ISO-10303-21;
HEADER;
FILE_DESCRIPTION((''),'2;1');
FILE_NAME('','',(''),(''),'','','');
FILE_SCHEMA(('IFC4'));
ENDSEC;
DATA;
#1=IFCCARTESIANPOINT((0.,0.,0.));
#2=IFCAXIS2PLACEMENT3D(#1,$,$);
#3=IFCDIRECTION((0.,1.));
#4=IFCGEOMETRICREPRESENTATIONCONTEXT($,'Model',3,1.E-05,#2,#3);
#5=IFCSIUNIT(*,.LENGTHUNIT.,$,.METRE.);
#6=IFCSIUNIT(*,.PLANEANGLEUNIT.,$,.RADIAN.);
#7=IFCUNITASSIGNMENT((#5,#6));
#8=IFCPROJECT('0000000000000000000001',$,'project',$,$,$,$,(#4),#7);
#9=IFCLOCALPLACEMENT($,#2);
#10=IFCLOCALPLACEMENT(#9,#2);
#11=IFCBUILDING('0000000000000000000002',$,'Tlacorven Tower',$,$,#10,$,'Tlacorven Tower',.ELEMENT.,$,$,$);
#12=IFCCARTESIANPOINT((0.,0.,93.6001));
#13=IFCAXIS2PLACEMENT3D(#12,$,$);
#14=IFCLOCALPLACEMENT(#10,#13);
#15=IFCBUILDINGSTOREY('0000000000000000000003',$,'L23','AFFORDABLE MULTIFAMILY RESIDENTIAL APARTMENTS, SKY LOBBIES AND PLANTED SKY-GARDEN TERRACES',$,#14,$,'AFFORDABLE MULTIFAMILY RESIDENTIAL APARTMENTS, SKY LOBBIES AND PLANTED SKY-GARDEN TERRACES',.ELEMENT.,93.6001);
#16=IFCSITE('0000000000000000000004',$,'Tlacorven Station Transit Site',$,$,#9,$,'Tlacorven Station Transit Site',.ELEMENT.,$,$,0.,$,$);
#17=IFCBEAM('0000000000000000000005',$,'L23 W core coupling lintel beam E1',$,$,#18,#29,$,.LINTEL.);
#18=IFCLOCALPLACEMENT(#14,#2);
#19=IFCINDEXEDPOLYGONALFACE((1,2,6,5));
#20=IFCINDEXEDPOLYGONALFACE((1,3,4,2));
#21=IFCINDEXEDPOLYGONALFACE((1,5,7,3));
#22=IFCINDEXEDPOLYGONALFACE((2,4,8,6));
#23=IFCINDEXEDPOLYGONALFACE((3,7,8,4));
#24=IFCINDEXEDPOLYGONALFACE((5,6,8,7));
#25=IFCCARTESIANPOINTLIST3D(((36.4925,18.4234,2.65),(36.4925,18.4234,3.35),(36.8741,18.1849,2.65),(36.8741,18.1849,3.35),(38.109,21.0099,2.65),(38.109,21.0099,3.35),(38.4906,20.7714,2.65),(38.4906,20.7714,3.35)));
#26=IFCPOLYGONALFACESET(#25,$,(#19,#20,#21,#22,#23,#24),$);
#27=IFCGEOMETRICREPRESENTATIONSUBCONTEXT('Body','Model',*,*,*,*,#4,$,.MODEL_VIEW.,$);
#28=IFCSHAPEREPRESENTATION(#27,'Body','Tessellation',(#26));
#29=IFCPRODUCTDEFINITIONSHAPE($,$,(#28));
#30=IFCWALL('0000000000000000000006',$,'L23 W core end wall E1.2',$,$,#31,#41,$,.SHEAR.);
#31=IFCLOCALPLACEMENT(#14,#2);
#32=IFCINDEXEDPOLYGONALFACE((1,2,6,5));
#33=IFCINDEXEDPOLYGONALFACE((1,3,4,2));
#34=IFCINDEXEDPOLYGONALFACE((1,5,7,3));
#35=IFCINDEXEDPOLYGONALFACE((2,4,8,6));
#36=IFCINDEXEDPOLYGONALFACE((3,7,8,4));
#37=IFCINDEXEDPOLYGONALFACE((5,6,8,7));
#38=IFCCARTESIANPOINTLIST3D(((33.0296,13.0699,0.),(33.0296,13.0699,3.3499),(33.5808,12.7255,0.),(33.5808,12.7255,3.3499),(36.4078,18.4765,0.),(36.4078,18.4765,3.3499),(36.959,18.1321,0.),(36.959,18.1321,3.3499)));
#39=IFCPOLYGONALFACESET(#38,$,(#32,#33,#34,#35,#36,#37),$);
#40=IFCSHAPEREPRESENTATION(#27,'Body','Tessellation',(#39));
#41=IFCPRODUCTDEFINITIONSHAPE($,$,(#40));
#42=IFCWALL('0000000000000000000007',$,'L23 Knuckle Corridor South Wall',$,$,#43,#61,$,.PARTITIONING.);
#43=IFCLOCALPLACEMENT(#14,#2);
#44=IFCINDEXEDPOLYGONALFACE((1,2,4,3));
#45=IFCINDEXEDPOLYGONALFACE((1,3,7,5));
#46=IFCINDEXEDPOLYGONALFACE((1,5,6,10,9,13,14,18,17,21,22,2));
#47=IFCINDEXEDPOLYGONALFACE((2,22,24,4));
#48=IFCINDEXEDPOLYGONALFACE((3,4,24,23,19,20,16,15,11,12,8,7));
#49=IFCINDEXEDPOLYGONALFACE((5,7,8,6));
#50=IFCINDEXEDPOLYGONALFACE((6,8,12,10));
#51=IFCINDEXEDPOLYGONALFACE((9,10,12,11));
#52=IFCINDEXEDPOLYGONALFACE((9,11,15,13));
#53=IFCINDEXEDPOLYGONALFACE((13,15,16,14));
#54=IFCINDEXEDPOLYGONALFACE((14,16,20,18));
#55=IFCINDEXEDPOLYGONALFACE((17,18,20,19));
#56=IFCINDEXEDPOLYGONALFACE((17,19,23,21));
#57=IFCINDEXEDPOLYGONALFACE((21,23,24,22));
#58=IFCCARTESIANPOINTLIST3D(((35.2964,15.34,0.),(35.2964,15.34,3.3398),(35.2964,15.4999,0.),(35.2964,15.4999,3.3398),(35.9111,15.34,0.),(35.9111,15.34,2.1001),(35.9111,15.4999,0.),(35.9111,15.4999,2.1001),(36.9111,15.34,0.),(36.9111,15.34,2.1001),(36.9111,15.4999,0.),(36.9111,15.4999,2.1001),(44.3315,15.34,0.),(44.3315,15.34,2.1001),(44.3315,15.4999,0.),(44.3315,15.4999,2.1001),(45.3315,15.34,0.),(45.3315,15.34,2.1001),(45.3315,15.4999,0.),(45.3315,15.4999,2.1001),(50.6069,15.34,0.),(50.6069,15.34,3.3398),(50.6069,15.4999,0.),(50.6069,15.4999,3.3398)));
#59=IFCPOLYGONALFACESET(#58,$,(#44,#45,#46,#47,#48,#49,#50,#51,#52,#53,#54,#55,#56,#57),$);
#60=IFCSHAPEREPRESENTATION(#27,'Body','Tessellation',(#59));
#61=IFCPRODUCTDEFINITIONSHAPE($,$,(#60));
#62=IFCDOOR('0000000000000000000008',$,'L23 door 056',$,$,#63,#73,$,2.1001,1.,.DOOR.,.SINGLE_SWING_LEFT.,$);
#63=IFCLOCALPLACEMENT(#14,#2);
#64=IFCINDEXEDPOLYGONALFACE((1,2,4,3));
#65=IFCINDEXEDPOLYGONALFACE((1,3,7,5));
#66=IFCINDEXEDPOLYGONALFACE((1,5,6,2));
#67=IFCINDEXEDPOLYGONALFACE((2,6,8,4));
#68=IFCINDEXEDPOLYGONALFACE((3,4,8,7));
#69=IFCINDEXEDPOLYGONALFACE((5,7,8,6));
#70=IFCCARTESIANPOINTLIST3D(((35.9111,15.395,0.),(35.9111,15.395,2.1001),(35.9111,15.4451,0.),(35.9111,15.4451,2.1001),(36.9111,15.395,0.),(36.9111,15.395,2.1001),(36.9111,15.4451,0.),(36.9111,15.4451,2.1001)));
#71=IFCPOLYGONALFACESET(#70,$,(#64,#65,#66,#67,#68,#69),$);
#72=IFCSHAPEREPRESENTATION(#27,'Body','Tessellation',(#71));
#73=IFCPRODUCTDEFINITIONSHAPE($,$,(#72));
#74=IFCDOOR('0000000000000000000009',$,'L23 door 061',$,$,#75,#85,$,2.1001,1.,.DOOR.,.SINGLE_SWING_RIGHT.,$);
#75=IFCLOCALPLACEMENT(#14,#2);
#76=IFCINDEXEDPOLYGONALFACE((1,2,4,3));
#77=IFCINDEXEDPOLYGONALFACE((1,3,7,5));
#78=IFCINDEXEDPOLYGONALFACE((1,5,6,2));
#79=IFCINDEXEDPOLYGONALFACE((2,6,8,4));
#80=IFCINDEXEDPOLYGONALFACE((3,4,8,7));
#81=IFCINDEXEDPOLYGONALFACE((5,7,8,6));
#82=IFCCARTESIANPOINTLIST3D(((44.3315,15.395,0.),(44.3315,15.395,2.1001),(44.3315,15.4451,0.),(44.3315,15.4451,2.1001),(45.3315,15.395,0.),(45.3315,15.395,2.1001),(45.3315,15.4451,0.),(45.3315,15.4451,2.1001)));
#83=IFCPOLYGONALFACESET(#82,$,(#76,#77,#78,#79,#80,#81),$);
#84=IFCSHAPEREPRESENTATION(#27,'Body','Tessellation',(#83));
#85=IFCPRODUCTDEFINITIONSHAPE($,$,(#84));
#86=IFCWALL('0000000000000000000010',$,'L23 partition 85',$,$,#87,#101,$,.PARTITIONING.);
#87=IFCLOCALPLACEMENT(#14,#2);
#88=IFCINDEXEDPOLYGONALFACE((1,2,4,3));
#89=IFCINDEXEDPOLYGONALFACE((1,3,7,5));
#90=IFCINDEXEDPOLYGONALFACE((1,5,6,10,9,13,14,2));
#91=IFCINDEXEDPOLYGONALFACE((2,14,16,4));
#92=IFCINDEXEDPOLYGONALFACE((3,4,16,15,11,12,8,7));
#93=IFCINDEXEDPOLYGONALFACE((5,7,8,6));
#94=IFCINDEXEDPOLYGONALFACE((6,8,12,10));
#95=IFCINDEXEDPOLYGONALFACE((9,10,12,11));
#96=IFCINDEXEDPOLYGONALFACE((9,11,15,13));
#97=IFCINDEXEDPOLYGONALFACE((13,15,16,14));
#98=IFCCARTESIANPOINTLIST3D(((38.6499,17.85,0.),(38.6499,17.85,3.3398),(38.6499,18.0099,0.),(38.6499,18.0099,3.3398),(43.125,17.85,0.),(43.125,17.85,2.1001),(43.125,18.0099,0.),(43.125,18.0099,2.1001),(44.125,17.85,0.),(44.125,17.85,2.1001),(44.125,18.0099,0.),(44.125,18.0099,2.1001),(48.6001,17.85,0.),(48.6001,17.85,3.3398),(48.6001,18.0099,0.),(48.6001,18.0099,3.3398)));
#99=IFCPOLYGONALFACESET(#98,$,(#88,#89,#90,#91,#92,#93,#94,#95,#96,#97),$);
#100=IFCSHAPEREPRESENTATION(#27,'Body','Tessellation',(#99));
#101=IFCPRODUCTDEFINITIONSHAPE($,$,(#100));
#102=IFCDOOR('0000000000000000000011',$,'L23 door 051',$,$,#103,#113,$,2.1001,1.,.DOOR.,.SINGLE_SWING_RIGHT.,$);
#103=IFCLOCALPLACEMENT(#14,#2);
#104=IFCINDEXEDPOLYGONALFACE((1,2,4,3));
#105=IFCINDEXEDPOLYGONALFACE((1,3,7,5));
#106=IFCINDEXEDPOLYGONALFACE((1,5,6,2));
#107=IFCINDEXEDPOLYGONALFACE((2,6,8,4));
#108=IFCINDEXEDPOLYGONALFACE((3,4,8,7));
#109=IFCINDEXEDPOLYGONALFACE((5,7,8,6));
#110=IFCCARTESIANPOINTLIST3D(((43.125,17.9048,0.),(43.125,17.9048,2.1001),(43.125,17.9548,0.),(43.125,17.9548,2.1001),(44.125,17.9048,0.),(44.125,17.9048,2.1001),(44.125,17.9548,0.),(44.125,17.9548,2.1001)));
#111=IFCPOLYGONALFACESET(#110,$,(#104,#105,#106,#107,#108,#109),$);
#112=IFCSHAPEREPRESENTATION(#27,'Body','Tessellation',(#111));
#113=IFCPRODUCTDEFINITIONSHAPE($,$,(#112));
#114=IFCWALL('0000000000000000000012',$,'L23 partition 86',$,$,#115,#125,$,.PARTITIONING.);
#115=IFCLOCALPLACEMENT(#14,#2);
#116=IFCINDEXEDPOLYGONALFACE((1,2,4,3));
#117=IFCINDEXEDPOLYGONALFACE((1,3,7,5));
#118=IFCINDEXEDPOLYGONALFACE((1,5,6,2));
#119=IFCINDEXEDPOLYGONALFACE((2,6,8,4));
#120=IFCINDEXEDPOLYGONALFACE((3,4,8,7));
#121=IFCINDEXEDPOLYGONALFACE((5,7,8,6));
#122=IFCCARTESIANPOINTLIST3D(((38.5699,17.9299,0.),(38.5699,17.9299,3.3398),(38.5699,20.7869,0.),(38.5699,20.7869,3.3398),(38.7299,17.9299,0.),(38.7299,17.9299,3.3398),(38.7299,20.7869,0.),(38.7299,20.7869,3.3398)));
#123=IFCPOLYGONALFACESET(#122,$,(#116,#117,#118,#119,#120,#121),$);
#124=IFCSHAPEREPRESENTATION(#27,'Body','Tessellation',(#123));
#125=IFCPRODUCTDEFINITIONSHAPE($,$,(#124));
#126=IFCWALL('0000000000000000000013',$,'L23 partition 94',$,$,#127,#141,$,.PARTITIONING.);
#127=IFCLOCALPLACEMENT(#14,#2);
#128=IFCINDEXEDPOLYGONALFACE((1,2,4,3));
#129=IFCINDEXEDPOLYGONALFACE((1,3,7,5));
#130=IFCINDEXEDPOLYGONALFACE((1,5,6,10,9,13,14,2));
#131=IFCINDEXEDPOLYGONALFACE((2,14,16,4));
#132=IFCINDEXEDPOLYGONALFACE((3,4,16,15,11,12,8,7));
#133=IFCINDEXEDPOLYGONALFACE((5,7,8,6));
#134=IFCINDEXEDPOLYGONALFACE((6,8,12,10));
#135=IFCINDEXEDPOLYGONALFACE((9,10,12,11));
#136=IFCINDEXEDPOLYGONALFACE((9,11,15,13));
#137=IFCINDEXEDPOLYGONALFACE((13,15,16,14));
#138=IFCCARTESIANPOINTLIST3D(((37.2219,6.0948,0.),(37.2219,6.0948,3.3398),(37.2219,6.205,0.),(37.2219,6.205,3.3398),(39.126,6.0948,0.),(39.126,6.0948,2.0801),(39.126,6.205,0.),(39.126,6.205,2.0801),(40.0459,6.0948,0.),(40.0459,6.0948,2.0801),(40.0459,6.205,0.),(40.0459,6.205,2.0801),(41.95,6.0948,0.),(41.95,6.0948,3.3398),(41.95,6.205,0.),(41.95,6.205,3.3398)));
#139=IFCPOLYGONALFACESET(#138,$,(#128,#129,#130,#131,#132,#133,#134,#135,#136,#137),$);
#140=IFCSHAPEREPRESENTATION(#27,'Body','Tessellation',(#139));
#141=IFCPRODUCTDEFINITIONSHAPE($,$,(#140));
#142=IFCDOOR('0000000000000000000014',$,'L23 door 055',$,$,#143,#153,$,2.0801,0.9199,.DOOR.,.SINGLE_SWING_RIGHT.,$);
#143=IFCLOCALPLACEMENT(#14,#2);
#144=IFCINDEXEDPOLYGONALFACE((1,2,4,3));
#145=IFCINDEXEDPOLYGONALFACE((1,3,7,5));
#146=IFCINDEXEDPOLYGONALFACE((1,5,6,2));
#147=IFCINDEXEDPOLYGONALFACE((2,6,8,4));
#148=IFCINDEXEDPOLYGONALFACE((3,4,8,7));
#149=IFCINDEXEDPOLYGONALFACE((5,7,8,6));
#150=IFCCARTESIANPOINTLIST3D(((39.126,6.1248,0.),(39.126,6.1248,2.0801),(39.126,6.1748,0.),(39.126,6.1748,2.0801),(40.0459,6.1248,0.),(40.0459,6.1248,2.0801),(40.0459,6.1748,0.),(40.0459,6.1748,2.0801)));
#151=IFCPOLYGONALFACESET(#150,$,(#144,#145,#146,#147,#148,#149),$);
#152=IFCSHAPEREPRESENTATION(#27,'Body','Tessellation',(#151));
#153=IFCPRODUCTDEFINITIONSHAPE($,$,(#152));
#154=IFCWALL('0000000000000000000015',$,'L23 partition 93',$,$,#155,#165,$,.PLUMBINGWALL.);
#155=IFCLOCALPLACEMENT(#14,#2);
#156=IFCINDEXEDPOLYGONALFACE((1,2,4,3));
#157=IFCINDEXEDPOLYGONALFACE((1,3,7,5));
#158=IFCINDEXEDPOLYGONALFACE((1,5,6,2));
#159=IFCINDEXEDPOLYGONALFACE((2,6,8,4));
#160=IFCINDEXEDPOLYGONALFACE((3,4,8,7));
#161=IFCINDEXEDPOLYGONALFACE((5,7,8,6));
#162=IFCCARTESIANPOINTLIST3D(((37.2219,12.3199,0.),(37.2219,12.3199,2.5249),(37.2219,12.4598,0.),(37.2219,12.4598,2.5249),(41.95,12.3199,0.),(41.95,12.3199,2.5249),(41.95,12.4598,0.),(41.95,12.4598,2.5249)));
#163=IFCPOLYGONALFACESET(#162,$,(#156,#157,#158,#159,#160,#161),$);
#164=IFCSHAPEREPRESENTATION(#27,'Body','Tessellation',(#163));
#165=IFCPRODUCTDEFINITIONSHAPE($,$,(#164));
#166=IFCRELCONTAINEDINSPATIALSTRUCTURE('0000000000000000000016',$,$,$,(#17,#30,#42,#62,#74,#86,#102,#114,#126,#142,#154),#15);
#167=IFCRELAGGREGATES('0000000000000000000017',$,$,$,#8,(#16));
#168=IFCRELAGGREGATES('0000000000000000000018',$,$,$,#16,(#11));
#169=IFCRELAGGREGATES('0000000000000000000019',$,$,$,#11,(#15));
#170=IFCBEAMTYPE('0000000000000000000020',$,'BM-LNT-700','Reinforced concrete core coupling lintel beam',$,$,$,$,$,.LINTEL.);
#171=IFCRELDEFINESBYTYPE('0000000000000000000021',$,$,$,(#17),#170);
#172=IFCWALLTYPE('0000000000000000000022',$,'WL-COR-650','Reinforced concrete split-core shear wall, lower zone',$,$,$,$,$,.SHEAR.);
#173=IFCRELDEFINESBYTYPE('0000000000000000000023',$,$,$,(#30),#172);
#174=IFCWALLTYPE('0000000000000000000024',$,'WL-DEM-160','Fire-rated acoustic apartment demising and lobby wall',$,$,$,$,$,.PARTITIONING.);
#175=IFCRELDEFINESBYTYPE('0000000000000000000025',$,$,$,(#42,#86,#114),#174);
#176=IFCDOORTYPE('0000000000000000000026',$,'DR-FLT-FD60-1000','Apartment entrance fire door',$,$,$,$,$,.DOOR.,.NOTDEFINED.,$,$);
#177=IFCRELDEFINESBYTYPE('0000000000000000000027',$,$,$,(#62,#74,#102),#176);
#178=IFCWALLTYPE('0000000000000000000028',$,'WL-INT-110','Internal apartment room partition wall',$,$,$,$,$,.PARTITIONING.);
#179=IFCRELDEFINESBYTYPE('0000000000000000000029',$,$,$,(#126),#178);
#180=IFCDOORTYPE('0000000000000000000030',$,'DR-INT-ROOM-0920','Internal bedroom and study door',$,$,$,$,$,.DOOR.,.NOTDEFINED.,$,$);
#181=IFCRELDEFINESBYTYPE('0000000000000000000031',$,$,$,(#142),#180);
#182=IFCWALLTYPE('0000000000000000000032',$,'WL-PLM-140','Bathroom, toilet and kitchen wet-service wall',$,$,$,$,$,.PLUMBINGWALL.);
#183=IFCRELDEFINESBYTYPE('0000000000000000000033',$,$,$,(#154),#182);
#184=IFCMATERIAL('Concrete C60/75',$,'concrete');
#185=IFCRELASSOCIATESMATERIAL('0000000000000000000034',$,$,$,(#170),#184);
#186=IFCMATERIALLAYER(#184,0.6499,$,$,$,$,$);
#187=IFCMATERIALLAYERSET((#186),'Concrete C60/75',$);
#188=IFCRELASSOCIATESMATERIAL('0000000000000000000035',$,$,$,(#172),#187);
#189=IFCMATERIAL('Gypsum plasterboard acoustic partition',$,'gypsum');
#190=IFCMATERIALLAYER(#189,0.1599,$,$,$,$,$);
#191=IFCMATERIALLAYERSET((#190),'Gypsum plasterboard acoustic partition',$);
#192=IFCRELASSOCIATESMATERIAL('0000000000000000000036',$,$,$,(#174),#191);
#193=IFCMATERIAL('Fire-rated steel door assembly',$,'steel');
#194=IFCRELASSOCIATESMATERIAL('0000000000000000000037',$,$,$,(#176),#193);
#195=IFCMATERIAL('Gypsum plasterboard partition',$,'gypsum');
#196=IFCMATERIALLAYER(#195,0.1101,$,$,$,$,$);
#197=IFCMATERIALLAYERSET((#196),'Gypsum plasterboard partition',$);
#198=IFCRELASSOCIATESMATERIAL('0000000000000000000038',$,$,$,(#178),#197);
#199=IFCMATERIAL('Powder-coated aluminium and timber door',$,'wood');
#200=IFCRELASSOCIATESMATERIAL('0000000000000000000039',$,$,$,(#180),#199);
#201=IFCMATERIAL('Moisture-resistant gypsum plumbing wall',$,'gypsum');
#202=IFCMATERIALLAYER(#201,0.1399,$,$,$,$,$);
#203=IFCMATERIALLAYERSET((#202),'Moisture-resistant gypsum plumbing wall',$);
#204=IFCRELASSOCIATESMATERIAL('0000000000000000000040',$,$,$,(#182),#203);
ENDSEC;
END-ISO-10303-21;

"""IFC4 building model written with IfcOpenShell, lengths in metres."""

from ifc_helpers import new_model, si_unit, direction, frame, frame_2d, origin, origin_2d, place, context, subcontext, project, spatial, rectangle, extrude, source, transform, mapped, material, layer, layer_set, material_profile, profile_set, type_object, element, fill, save


model = new_model("IFC4")

# Units and contexts
model_context = context("Model", 3, precision=1e-05, world=origin(), true_north=direction((0.0, 1.0)))
body_context = subcontext(model_context, "Body", "Model", "MODEL_VIEW")
ifc_project = project(units=[si_unit("LENGTHUNIT", "METRE"), si_unit("PLANEANGLEUNIT", "RADIAN")], contexts=[model_context])

# Site, building, storey
site_placement = place(None, origin())
site = spatial("IfcSite", under=ifc_project, at=site_placement, Name="Tlacorven Station Transit Site", LongName="Tlacorven Station Transit Site", CompositionType="ELEMENT", RefElevation=0.0)
building_placement = place(site_placement, origin())
building = spatial("IfcBuilding", under=site, at=building_placement, Name="Tlacorven Tower", LongName="Tlacorven Tower", CompositionType="ELEMENT")
storey_placement = place(building_placement, frame((0.0, 0.0, 93.6001)))
storey = spatial("IfcBuildingStorey", under=building, at=storey_placement, Name="L23", Description="AFFORDABLE MULTIFAMILY RESIDENTIAL APARTMENTS, SKY LOBBIES AND PLANTED SKY-GARDEN TERRACES", LongName="AFFORDABLE MULTIFAMILY RESIDENTIAL APARTMENTS, SKY LOBBIES AND PLANTED SKY-GARDEN TERRACES", CompositionType="ELEMENT", Elevation=93.6001)

# Beam
ifc_material_1 = material(Name="Concrete C60/75", Category="concrete")
ifc_material_profile = material_profile(ifc_material_1, rectangle(XDim=0.45, YDim=0.7, at=origin_2d()), Name="RC 450X700")
ifc_profile_set = profile_set([ifc_material_profile], Name="Concrete C60/75")
beam_type = type_object("IfcBeamType", Name="BM-LNT-700", Description="Reinforced concrete core coupling lintel beam", PredefinedType="LINTEL", material=ifc_profile_set)
shared_shape_1 = source(origin(), body_context, "Body", "SweptSolid", [
    extrude(rectangle(XDim=0.45, YDim=0.7, at=origin_2d()), origin(), (0.0, 0.0, 1.0), 3.05),
])
beam_placement = place(storey_placement, frame((38.2998, 20.8906, 3.0), z_axis=(-0.529985, -0.848007, 0.0), x_axis=(0.848007, -0.529985, 0.0)))
element("IfcBeam", 1, at=beam_placement, inside=storey, type_object=beam_type, Name="L23 W core coupling lintel beam E1", PredefinedType="LINTEL", context=body_context, shape_type="MappedRepresentation", body=[
    mapped(shared_shape_1, transform((0.0, 0.0, 0.0), scale=1.0)),
])

# Wall
ifc_layer_1 = layer(ifc_material_1, 0.6499)
ifc_layer_set_1 = layer_set([ifc_layer_1], Name="Concrete C60/75")
wall_type_1 = type_object("IfcWallType", Name="WL-COR-650", Description="Reinforced concrete split-core shear wall, lower zone", PredefinedType="SHEAR", material=ifc_layer_set_1)
wall_1_placement = place(storey_placement, frame((36.6833, 18.3042, 0.0), z_axis=(0.0, 0.0, 1.0), x_axis=(-0.529899, -0.848061, 0.0)))
element("IfcWall", 2, at=wall_1_placement, inside=storey, type_object=wall_type_1, Name="L23 W core end wall E1.2", PredefinedType="SHEAR", context=body_context, shape_type="SweptSolid", body=[
    extrude(rectangle(XDim=6.3752, YDim=0.6499, at=frame_2d((3.1875, 0.0))), origin(), (0.0, 0.0, 1.0), 3.3499),
])

# Wall, openings, doors
ifc_material_2 = material(Name="Gypsum plasterboard acoustic partition", Category="gypsum")
ifc_layer_2 = layer(ifc_material_2, 0.1599)
ifc_layer_set_2 = layer_set([ifc_layer_2], Name="Gypsum plasterboard acoustic partition")
wall_type_2 = type_object("IfcWallType", Name="WL-DEM-160", Description="Fire-rated acoustic apartment demising and lobby wall", PredefinedType="PARTITIONING", material=ifc_layer_set_2)
wall_2_placement = place(storey_placement, frame((35.2964, 15.4199, 0.0), z_axis=(0.0, 0.0, 1.0), x_axis=(1.0, 0.0, 0.0)))
wall_2 = element("IfcWall", 3, at=wall_2_placement, inside=storey, type_object=wall_type_2, Name="L23 Knuckle Corridor South Wall", PredefinedType="PARTITIONING", context=body_context, shape_type="SweptSolid", body=[
    extrude(rectangle(XDim=15.3105, YDim=0.1599, at=frame_2d((7.6553, 0.0))), origin(), (0.0, 0.0, 1.0), 3.3398),
])
opening_1_placement = place(wall_2_placement, frame((0.6147, 0.0, 0.0)))
opening_1 = element("IfcOpeningElement", 4, at=opening_1_placement, cuts=wall_2, PredefinedType="OPENING", context=body_context, shape_type="SweptSolid", body=[
    extrude(rectangle(XDim=1.0, YDim=2.1001, at=frame_2d((0.5, 1.05))), frame((0.0, 0.0898, 0.0), z_axis=(0.0, -1.0, 0.0), x_axis=(1.0, 0.0, 0.0)), (0.0, 0.0, 1.0), 0.1799),
])
opening_2_placement = place(wall_2_placement, frame((9.0352, 0.0, 0.0)))
opening_2 = element("IfcOpeningElement", 5, at=opening_2_placement, cuts=wall_2, PredefinedType="OPENING", context=body_context, shape_type="SweptSolid", body=[
    extrude(rectangle(XDim=1.0, YDim=2.1001, at=frame_2d((0.5, 1.05))), frame((0.0, 0.0898, 0.0), z_axis=(0.0, -1.0, 0.0), x_axis=(1.0, 0.0, 0.0)), (0.0, 0.0, 1.0), 0.1799),
])
ifc_material_3 = material(Name="Fire-rated steel door assembly", Category="steel")
door_type_1 = type_object("IfcDoorType", Name="DR-FLT-FD60-1000", Description="Apartment entrance fire door", OperationType="NOTDEFINED", PredefinedType="DOOR", material=ifc_material_3)
shared_shape_2 = source(origin(), body_context, "Body", "SweptSolid", [
    extrude(rectangle(XDim=1.0, YDim=2.1001, at=frame_2d((0.5, 1.05))), frame((0.0, 0.0249, 0.0), z_axis=(0.0, -1.0, 0.0), x_axis=(1.0, 0.0, 0.0)), (0.0, 0.0, 1.0), 0.05),
])
door_1_placement = place(opening_1_placement, frame((1.0, 0.0, 0.0), z_axis=(0.0, 0.0, 1.0), x_axis=(-1.0, 0.0, 0.0)))
door_1 = element("IfcDoor", 6, at=door_1_placement, inside=storey, type_object=door_type_1, Name="L23 door 056", OperationType="SINGLE_SWING_LEFT", OverallHeight=2.1001, OverallWidth=1.0, PredefinedType="DOOR", context=body_context, shape_type="MappedRepresentation", body=[
    mapped(shared_shape_2, transform((0.0, 0.0, 0.0), scale=1.0)),
])
fill(opening_1, door_1)
door_2_placement = place(opening_2_placement, frame((1.0, 0.0, 0.0), z_axis=(0.0, 0.0, 1.0), x_axis=(-1.0, 0.0, 0.0)))
door_2 = element("IfcDoor", 7, at=door_2_placement, inside=storey, type_object=door_type_1, Name="L23 door 061", OperationType="SINGLE_SWING_RIGHT", OverallHeight=2.1001, OverallWidth=1.0, PredefinedType="DOOR", context=body_context, shape_type="MappedRepresentation", body=[
    mapped(shared_shape_2, transform((0.0, 0.0, 0.0), scale=1.0)),
])
fill(opening_2, door_2)

# Wall, opening, door
wall_3_placement = place(storey_placement, frame((38.6499, 17.9299, 0.0), z_axis=(0.0, 0.0, 1.0), x_axis=(1.0, 0.0, 0.0)))
wall_3 = element("IfcWall", 8, at=wall_3_placement, inside=storey, type_object=wall_type_2, Name="L23 partition 85", PredefinedType="PARTITIONING", context=body_context, shape_type="SweptSolid", body=[
    extrude(rectangle(XDim=9.9502, YDim=0.1599, at=frame_2d((4.9751, 0.0))), origin(), (0.0, 0.0, 1.0), 3.3398),
])
opening_3_placement = place(wall_3_placement, frame((4.4751, 0.0, 0.0)))
opening_3 = element("IfcOpeningElement", 9, at=opening_3_placement, cuts=wall_3, PredefinedType="OPENING", context=body_context, shape_type="SweptSolid", body=[
    extrude(rectangle(XDim=1.0, YDim=2.1001, at=frame_2d((0.5, 1.05))), frame((0.0, 0.0898, 0.0), z_axis=(0.0, -1.0, 0.0), x_axis=(1.0, 0.0, 0.0)), (0.0, 0.0, 1.0), 0.1799),
])
door_3_placement = place(opening_3_placement, origin())
door_3 = element("IfcDoor", 10, at=door_3_placement, inside=storey, type_object=door_type_1, Name="L23 door 051", OperationType="SINGLE_SWING_RIGHT", OverallHeight=2.1001, OverallWidth=1.0, PredefinedType="DOOR", context=body_context, shape_type="MappedRepresentation", body=[
    mapped(shared_shape_2, transform((0.0, 0.0, 0.0), scale=1.0)),
])
fill(opening_3, door_3)

# Wall
wall_4_placement = place(storey_placement, frame((38.6499, 17.9299, 0.0), z_axis=(0.0, 0.0, 1.0), x_axis=(0.0, 1.0, 0.0)))
element("IfcWall", 11, at=wall_4_placement, inside=storey, type_object=wall_type_2, Name="L23 partition 86", PredefinedType="PARTITIONING", context=body_context, shape_type="SweptSolid", body=[
    extrude(rectangle(XDim=2.8569, YDim=0.1599, at=frame_2d((1.4285, 0.0))), origin(), (0.0, 0.0, 1.0), 3.3398),
])

# Wall, opening, door
ifc_material_4 = material(Name="Gypsum plasterboard partition", Category="gypsum")
ifc_layer_3 = layer(ifc_material_4, 0.1101)
ifc_layer_set_3 = layer_set([ifc_layer_3], Name="Gypsum plasterboard partition")
wall_type_3 = type_object("IfcWallType", Name="WL-INT-110", Description="Internal apartment room partition wall", PredefinedType="PARTITIONING", material=ifc_layer_set_3)
wall_5_placement = place(storey_placement, frame((37.2219, 6.1499, 0.0), z_axis=(0.0, 0.0, 1.0), x_axis=(1.0, 0.0, 0.0)))
wall_5 = element("IfcWall", 12, at=wall_5_placement, inside=storey, type_object=wall_type_3, Name="L23 partition 94", PredefinedType="PARTITIONING", context=body_context, shape_type="SweptSolid", body=[
    extrude(rectangle(XDim=4.728, YDim=0.1101, at=frame_2d((2.364, 0.0))), origin(), (0.0, 0.0, 1.0), 3.3398),
])
opening_4_placement = place(wall_5_placement, frame((1.9041, 0.0, 0.0)))
opening_4 = element("IfcOpeningElement", 13, at=opening_4_placement, cuts=wall_5, PredefinedType="OPENING", context=body_context, shape_type="SweptSolid", body=[
    extrude(rectangle(XDim=0.9199, YDim=2.0801, at=frame_2d((0.46, 1.04))), frame((0.0, 0.0649, 0.0), z_axis=(0.0, -1.0, 0.0), x_axis=(1.0, 0.0, 0.0)), (0.0, 0.0, 1.0), 0.1301),
])
ifc_material_5 = material(Name="Powder-coated aluminium and timber door", Category="wood")
door_type_2 = type_object("IfcDoorType", Name="DR-INT-ROOM-0920", Description="Internal bedroom and study door", OperationType="NOTDEFINED", PredefinedType="DOOR", material=ifc_material_5)
shared_shape_3 = source(origin(), body_context, "Body", "SweptSolid", [
    extrude(rectangle(XDim=0.9199, YDim=2.0801, at=frame_2d((0.46, 1.04))), frame((0.0, 0.0249, 0.0), z_axis=(0.0, -1.0, 0.0), x_axis=(1.0, 0.0, 0.0)), (0.0, 0.0, 1.0), 0.05),
])
door_4_placement = place(opening_4_placement, origin())
door_4 = element("IfcDoor", 14, at=door_4_placement, inside=storey, type_object=door_type_2, Name="L23 door 055", OperationType="SINGLE_SWING_RIGHT", OverallHeight=2.0801, OverallWidth=0.9199, PredefinedType="DOOR", context=body_context, shape_type="MappedRepresentation", body=[
    mapped(shared_shape_3, transform((0.0, 0.0, 0.0), scale=1.0)),
])
fill(opening_4, door_4)

# Wall
ifc_material_6 = material(Name="Moisture-resistant gypsum plumbing wall", Category="gypsum")
ifc_layer_4 = layer(ifc_material_6, 0.1399)
ifc_layer_set_4 = layer_set([ifc_layer_4], Name="Moisture-resistant gypsum plumbing wall")
wall_type_4 = type_object("IfcWallType", Name="WL-PLM-140", Description="Bathroom, toilet and kitchen wet-service wall", PredefinedType="PLUMBINGWALL", material=ifc_layer_set_4)
wall_6_placement = place(storey_placement, frame((37.2219, 12.3899, 0.0), z_axis=(0.0, 0.0, 1.0), x_axis=(1.0, 0.0, 0.0)))
element("IfcWall", 15, at=wall_6_placement, inside=storey, type_object=wall_type_4, Name="L23 partition 93", PredefinedType="PLUMBINGWALL", context=body_context, shape_type="SweptSolid", body=[
    extrude(rectangle(XDim=4.728, YDim=0.1399, at=frame_2d((2.364, 0.0))), origin(), (0.0, 0.0, 1.0), 2.5249),
])

save(model, "model.ifc")
